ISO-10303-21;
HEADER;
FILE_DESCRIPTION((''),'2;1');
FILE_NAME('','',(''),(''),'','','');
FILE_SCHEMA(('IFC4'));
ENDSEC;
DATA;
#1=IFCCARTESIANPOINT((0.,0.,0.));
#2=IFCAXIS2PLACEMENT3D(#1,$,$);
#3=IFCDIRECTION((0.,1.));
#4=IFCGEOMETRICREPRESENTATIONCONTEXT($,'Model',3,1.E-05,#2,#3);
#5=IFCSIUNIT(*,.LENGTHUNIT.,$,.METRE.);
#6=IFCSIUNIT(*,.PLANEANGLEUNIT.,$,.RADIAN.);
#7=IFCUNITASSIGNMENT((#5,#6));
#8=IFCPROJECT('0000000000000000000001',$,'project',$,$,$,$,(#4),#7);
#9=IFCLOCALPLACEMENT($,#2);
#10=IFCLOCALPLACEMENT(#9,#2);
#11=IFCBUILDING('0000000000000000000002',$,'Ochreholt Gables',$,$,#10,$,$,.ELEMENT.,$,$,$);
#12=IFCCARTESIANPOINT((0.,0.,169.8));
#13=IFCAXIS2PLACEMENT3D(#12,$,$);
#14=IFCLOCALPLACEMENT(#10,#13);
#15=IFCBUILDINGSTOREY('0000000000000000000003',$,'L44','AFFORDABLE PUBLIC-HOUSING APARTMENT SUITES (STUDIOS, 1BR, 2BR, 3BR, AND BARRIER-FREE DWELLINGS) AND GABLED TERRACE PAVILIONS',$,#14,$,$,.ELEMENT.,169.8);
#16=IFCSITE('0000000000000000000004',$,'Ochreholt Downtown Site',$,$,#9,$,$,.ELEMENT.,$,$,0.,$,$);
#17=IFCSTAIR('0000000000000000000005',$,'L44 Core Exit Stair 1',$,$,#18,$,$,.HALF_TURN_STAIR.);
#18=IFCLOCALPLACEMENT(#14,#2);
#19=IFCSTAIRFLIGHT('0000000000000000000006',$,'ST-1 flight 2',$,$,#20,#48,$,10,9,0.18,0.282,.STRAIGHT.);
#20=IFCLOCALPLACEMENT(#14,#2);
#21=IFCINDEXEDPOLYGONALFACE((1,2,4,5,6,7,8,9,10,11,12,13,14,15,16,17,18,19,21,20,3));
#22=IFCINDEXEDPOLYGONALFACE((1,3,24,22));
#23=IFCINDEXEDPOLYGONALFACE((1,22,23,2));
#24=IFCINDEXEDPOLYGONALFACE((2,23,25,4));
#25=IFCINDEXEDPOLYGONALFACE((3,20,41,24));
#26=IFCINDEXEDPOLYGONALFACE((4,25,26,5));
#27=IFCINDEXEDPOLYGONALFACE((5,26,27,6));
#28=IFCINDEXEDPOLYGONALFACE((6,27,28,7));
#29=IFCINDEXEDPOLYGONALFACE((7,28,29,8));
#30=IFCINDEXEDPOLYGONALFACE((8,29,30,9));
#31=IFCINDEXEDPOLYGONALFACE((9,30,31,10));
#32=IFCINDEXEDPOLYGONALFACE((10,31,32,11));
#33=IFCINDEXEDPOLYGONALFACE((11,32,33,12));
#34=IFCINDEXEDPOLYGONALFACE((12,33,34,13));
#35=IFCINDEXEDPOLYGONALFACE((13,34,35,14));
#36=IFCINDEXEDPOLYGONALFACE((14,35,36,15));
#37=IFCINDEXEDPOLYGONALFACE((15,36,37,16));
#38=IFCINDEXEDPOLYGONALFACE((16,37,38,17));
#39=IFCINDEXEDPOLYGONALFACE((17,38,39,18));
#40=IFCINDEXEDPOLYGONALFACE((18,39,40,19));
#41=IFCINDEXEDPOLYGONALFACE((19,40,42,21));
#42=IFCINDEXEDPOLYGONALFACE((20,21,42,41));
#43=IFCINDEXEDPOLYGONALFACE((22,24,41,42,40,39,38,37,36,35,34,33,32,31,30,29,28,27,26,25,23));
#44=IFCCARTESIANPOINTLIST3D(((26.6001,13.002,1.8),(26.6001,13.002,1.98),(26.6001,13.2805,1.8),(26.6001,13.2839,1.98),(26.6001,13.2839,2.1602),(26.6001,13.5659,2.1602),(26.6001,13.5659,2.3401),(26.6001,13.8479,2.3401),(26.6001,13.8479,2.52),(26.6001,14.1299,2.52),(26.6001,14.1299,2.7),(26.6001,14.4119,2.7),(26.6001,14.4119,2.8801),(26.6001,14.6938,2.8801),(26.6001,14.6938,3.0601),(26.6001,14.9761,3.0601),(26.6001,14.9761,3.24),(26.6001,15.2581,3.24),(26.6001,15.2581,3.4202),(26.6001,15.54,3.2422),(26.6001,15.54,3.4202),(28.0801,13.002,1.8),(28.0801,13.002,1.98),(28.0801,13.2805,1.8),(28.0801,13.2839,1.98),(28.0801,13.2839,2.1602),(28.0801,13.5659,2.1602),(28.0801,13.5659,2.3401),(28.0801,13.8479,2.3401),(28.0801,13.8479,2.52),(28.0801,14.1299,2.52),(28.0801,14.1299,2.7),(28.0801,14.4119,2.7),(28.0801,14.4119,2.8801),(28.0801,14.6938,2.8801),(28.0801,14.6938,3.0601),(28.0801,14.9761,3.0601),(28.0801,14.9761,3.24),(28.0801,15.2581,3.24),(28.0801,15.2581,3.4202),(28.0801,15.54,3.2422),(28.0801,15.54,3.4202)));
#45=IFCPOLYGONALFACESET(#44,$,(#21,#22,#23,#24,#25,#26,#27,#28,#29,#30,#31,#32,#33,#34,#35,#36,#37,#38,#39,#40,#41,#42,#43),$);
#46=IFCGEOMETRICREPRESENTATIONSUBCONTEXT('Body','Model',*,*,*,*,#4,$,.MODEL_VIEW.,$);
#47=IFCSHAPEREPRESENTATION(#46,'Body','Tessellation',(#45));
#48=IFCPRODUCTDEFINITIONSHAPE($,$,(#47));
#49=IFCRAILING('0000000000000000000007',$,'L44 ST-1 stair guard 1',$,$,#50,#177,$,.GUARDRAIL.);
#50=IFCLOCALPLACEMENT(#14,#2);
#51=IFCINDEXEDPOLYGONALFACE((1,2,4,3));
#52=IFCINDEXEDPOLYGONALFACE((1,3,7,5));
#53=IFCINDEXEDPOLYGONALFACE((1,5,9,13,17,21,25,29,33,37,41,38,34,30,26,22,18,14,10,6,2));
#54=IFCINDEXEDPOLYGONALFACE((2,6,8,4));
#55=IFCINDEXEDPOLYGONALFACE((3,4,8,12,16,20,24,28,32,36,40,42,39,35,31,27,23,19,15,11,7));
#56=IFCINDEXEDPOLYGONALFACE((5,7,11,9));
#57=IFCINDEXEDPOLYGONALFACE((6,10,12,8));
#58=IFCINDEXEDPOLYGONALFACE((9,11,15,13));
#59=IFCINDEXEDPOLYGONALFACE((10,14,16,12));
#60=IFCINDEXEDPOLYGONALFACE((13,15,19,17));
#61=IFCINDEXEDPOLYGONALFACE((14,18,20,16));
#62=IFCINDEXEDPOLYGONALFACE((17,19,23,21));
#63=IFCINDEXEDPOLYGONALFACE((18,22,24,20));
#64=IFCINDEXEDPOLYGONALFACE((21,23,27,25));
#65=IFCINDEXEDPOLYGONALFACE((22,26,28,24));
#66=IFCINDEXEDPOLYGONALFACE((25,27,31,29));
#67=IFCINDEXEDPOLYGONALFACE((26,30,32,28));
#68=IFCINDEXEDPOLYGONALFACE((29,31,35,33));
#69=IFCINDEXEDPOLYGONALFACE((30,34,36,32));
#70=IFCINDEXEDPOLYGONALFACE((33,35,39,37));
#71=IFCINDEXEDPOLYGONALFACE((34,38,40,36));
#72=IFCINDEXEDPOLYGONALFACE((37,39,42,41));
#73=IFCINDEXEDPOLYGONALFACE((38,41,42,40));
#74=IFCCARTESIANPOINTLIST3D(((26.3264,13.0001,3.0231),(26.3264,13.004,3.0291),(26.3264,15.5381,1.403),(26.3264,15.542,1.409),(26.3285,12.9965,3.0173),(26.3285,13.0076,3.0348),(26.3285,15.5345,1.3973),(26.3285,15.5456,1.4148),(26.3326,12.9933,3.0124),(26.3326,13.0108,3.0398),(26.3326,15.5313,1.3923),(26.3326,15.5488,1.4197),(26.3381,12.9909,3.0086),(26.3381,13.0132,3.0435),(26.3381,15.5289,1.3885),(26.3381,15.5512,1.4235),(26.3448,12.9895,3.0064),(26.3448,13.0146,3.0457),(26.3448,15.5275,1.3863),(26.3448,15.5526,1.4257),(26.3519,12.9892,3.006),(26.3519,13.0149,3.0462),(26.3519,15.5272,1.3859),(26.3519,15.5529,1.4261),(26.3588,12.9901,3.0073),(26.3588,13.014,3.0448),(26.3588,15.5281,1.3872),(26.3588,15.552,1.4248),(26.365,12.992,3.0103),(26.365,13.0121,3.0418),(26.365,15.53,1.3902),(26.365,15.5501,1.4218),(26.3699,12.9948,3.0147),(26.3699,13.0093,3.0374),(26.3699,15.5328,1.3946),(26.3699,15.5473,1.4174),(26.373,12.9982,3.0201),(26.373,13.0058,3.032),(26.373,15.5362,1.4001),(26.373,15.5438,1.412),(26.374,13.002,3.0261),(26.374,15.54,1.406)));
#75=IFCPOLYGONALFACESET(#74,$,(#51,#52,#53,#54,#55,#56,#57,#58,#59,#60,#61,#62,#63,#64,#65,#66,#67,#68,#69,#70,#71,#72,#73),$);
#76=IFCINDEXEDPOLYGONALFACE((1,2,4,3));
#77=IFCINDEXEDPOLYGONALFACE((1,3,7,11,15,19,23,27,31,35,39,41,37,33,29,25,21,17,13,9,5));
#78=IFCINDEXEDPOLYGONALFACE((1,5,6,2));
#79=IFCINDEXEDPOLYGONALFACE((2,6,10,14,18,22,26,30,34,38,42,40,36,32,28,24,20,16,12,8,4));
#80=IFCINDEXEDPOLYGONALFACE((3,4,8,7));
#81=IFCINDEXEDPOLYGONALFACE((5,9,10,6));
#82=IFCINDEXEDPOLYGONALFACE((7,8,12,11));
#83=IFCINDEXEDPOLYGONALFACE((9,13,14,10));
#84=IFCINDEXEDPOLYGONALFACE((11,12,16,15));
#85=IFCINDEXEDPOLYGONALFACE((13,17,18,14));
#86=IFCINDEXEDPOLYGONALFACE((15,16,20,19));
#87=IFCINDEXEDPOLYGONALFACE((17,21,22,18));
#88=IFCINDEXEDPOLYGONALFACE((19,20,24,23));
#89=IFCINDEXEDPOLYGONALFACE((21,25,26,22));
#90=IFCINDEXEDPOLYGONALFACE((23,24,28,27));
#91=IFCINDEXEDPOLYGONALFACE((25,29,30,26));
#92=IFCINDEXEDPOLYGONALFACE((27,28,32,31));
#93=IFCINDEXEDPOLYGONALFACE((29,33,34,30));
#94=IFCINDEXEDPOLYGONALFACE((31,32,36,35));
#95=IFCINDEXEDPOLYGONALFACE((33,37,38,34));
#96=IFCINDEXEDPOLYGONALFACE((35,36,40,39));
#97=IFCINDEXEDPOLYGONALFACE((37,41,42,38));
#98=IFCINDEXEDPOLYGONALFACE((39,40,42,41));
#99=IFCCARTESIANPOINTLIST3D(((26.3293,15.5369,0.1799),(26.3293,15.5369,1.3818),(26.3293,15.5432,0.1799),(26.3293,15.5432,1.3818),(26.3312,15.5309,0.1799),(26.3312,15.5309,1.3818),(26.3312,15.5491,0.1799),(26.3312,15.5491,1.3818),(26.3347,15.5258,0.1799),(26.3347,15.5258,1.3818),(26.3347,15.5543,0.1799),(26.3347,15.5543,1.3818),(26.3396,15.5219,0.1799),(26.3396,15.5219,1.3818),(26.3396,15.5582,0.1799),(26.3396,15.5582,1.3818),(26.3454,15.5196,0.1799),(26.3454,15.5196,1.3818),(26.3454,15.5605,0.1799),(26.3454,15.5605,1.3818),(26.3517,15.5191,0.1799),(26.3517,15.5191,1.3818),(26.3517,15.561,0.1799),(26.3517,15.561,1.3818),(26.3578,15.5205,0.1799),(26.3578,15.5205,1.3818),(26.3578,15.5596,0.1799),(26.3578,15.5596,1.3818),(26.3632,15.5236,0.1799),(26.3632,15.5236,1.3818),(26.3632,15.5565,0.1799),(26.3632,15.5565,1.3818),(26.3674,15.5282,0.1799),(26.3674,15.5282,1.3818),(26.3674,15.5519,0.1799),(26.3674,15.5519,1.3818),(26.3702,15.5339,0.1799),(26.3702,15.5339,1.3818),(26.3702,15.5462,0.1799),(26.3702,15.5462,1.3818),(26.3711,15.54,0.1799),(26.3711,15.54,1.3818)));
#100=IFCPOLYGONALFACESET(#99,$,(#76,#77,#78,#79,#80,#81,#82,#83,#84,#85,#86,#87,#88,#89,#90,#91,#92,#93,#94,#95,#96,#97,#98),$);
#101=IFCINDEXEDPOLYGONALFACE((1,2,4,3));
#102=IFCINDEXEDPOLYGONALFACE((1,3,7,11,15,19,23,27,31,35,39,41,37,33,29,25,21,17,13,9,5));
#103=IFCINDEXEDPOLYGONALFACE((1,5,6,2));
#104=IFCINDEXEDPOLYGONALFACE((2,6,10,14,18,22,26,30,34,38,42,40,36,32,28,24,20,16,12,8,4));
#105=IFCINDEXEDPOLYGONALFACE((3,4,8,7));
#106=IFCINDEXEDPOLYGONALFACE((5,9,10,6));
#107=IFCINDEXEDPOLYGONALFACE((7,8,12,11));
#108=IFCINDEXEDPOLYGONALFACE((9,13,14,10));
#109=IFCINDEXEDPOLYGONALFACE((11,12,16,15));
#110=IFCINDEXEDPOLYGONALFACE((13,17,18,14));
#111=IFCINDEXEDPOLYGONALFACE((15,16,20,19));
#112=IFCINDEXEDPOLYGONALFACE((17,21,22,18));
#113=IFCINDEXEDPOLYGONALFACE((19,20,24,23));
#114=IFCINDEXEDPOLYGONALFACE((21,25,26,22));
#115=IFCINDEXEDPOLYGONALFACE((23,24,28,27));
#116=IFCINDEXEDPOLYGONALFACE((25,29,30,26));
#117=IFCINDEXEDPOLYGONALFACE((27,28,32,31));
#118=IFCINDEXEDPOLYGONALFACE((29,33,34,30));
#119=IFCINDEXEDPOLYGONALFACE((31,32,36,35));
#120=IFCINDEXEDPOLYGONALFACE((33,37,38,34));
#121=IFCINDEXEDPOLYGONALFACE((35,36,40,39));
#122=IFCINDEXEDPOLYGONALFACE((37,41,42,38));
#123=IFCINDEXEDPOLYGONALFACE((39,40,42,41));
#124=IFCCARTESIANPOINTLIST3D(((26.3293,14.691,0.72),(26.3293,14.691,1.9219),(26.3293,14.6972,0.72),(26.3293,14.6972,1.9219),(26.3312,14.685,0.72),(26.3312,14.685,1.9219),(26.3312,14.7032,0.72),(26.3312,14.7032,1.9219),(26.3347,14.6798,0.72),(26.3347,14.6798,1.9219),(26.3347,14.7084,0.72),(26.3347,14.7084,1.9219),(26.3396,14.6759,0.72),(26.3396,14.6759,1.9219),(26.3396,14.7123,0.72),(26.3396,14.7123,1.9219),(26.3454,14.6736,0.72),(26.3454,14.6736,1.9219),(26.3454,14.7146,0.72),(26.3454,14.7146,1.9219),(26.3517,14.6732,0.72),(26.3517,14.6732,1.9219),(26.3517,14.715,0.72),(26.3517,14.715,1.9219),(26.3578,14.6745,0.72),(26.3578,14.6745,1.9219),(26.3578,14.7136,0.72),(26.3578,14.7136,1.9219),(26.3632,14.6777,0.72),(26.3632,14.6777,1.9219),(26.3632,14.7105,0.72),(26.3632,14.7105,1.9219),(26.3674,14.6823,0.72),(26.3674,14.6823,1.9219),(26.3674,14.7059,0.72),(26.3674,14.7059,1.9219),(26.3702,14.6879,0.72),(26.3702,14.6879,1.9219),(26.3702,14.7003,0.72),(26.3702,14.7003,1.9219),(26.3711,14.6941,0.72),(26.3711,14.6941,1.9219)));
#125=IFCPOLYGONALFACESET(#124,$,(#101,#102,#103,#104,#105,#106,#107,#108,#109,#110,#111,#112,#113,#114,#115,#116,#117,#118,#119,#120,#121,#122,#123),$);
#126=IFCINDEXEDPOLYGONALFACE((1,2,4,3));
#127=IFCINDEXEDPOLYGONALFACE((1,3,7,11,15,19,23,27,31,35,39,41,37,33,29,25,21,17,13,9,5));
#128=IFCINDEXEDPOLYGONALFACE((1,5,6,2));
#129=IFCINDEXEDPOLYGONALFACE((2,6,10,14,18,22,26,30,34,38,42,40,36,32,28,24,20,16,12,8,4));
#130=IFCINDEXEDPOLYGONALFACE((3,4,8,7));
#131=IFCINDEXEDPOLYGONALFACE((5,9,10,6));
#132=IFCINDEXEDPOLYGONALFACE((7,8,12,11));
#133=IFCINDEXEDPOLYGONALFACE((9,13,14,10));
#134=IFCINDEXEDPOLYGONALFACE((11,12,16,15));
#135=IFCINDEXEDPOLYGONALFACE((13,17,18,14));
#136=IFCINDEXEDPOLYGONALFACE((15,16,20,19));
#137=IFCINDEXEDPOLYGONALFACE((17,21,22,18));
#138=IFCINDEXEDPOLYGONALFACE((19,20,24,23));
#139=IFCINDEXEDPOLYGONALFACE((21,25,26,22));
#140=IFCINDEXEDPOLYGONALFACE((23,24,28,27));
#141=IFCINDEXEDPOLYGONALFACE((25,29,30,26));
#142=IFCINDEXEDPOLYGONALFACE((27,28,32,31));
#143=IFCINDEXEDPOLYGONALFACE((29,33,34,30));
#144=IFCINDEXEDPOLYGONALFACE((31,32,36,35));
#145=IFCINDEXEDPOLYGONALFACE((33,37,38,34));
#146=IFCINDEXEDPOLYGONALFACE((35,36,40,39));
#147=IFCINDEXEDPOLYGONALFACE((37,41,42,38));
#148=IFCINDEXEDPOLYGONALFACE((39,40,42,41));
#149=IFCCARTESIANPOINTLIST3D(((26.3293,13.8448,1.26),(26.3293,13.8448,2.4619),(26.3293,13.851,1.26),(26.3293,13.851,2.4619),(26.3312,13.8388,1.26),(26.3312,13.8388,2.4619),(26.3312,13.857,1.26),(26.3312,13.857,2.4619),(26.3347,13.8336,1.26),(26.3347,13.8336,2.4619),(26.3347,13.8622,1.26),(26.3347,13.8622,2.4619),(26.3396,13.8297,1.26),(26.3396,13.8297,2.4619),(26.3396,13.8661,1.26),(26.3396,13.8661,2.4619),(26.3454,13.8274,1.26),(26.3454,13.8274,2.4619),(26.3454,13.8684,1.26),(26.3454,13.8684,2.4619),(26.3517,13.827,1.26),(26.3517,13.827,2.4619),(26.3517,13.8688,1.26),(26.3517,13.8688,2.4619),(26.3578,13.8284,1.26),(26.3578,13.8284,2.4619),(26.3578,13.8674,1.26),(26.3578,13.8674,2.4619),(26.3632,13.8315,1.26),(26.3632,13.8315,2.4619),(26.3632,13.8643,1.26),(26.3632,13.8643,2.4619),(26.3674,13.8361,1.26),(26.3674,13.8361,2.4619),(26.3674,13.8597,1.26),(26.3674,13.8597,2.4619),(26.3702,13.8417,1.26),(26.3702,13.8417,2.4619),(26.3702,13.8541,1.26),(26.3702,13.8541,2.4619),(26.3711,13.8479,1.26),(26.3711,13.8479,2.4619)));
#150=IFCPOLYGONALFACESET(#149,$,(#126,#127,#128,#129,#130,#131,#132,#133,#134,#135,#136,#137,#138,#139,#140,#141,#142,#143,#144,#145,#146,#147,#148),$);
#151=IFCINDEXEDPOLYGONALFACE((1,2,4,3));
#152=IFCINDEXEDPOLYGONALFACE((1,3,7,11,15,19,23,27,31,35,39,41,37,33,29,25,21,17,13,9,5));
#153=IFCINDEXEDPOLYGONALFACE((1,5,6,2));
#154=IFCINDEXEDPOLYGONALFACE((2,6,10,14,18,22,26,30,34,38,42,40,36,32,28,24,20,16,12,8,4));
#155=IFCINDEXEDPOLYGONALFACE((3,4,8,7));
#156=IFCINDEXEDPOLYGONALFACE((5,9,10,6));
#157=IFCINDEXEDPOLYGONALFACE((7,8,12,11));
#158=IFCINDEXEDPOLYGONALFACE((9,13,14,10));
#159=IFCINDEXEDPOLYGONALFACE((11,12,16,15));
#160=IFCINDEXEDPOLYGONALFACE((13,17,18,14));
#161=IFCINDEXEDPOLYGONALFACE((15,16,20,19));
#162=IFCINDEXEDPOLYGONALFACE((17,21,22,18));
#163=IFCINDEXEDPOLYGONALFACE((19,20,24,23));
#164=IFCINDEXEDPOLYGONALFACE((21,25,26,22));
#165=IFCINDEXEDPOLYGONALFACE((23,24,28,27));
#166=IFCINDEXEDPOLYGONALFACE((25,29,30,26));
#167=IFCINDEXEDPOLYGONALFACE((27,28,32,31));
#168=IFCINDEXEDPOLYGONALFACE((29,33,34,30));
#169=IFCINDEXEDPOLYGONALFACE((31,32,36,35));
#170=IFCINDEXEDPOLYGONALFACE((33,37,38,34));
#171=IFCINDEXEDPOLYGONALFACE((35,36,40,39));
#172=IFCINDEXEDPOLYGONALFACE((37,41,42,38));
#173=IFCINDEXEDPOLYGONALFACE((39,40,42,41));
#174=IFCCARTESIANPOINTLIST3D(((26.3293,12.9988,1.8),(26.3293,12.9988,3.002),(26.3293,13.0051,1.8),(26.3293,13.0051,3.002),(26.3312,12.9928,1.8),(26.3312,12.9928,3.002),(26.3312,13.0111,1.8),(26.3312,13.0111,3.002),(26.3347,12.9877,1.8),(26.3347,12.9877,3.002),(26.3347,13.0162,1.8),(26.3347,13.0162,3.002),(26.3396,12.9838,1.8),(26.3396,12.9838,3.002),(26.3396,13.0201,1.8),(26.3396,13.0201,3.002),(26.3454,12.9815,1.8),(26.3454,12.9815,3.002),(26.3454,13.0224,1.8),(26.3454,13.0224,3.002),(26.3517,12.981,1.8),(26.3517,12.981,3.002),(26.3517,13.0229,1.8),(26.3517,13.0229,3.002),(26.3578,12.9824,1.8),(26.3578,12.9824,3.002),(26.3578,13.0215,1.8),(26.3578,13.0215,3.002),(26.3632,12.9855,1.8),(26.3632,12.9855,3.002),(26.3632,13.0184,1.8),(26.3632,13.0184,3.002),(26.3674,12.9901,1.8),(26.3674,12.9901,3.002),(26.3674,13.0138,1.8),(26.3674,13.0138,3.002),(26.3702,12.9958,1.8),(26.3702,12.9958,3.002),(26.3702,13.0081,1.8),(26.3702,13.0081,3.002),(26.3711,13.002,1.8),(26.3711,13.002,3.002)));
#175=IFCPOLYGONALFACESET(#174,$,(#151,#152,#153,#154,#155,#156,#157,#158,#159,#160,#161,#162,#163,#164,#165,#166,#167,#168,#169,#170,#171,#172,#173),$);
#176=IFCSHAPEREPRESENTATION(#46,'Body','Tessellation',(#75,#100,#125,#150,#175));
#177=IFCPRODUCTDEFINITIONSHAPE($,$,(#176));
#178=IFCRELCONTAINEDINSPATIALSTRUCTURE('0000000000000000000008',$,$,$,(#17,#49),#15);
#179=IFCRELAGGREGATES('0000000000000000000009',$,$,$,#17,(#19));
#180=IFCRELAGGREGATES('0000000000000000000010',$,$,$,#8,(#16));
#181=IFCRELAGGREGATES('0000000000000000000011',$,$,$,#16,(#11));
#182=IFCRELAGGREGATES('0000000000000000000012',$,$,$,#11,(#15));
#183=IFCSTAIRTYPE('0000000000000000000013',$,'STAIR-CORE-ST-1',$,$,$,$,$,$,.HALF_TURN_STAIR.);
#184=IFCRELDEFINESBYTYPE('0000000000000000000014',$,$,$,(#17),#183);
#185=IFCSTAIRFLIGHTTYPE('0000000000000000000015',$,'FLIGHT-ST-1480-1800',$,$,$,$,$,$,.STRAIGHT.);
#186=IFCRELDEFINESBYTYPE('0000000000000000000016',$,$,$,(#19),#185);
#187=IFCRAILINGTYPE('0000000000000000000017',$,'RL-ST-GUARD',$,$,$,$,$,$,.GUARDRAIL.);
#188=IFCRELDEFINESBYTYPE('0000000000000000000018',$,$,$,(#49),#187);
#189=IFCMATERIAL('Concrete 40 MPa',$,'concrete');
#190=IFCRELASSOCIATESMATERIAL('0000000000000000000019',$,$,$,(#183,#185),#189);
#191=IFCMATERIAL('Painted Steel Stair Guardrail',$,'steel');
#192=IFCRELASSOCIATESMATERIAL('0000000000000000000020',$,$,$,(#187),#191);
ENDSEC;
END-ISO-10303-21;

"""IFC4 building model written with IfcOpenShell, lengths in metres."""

from ifc_helpers import new_model, si_unit, direction, frame, origin, origin_2d, place, context, subcontext, project, spatial, polyline, circle, outline, extrude, material, type_object, element, aggregate, save


model = new_model("IFC4")

# Units and contexts
model_context = context("Model", 3, precision=1e-05, world=origin(), true_north=direction((0.0, 1.0)))
body_context = subcontext(model_context, "Body", "Model", "MODEL_VIEW")
ifc_project = project(units=[si_unit("LENGTHUNIT", "METRE"), si_unit("PLANEANGLEUNIT", "RADIAN")], contexts=[model_context])

# Site, building, storey
site_placement = place(None, origin())
site = spatial("IfcSite", under=ifc_project, at=site_placement, Name="Ochreholt Downtown Site", CompositionType="ELEMENT", RefElevation=0.0)
building_placement = place(site_placement, origin())
building = spatial("IfcBuilding", under=site, at=building_placement, Name="Ochreholt Gables", CompositionType="ELEMENT")
storey_placement = place(building_placement, frame((0.0, 0.0, 169.8)))
storey = spatial("IfcBuildingStorey", under=building, at=storey_placement, Name="L44", Description="AFFORDABLE PUBLIC-HOUSING APARTMENT SUITES (STUDIOS, 1BR, 2BR, 3BR, AND BARRIER-FREE DWELLINGS) AND GABLED TERRACE PAVILIONS", CompositionType="ELEMENT", Elevation=169.8)

# Shared definitions
ifc_material_1 = material(Name="Concrete 40 MPa", Category="concrete")

# Stair, stair flight
stair_type = type_object("IfcStairType", Name="STAIR-CORE-ST-1", PredefinedType="HALF_TURN_STAIR", material=ifc_material_1)
stair_placement = place(storey_placement, origin())
stair = element("IfcStair", 1, at=stair_placement, inside=storey, type_object=stair_type, Name="L44 Core Exit Stair 1", PredefinedType="HALF_TURN_STAIR")
stair_flight_type = type_object("IfcStairFlightType", Name="FLIGHT-ST-1480-1800", PredefinedType="STRAIGHT", material=ifc_material_1)
stair_flight_1_placement = place(storey_placement, frame((27.3401, 13.002, 1.8), z_axis=(0.0, 0.0, 1.0), x_axis=(0.0, 1.0, 0.0)))
stair_flight_1 = element("IfcStairFlight", 2, at=stair_flight_1_placement, type_object=stair_flight_type, Name="ST-1 flight 2", NumberOfRisers=10, NumberOfTreads=9, PredefinedType="STRAIGHT", RiserHeight=0.18, TreadLength=0.282, context=body_context, shape_type="SweptSolid", body=[
    extrude(outline(polyline([(0.0, 0.0), (0.0, 0.1799), (0.282, 0.1799), (0.282, 0.3601), (0.564, 0.3601), (0.564, 0.54), (0.8459, 0.54), (0.8459, 0.72), (1.1279, 0.72), (1.1279, 0.8999), (1.4099, 0.8999), (1.4099, 1.0801), (1.6919, 1.0801), (1.6919, 1.26), (1.9741, 1.26), (1.9741, 1.4399), (2.2561, 1.4399), (2.2561, 1.6201), (2.5381, 1.6201), (2.5381, 1.8), (2.5381, 1.4421), (0.2786, 0.0), (0.0, 0.0)])), frame((0.0, 0.74, 0.0), z_axis=(0.0, -1.0, 0.0), x_axis=(1.0, 0.0, 0.0)), (0.0, 0.0, 1.0), 1.48),
])
aggregate(stair, [stair_flight_1])

# Railing
ifc_material_2 = material(Name="Painted Steel Stair Guardrail", Category="steel")
railing_type_1 = type_object("IfcRailingType", Name="RL-ST-GUARD", PredefinedType="GUARDRAIL", material=ifc_material_2)
railing_1_placement = place(storey_placement, frame((26.3501, 15.54, 0.1799)))
element("IfcRailing", 3, at=railing_1_placement, inside=storey, type_object=railing_type_1, Name="L44 ST-1 stair guard 1", PredefinedType="GUARDRAIL", context=body_context, shape_type="SweptSolid", body=[
    extrude(circle(Radius=0.0239, at=origin_2d()), frame((0.0, 0.0, 1.2261), z_axis=(0.0, -0.842913, 0.53805), x_axis=(1.0, 0.0, 0.0)), (0.0, 0.0, 1.0), 3.011),
    extrude(circle(Radius=0.021, at=origin_2d()), origin(), (0.0, 0.0, 1.0), 1.2019),
    extrude(circle(Radius=0.021, at=origin_2d()), frame((0.0, -0.8459, 0.54)), (0.0, 0.0, 1.0), 1.2019),
    extrude(circle(Radius=0.021, at=origin_2d()), frame((0.0, -1.6921, 1.0801)), (0.0, 0.0, 1.0), 1.2019),
    extrude(circle(Radius=0.021, at=origin_2d()), frame((0.0, -2.5381, 1.6201)), (0.0, 0.0, 1.0), 1.2019),
])

save(model, "model.ifc")
